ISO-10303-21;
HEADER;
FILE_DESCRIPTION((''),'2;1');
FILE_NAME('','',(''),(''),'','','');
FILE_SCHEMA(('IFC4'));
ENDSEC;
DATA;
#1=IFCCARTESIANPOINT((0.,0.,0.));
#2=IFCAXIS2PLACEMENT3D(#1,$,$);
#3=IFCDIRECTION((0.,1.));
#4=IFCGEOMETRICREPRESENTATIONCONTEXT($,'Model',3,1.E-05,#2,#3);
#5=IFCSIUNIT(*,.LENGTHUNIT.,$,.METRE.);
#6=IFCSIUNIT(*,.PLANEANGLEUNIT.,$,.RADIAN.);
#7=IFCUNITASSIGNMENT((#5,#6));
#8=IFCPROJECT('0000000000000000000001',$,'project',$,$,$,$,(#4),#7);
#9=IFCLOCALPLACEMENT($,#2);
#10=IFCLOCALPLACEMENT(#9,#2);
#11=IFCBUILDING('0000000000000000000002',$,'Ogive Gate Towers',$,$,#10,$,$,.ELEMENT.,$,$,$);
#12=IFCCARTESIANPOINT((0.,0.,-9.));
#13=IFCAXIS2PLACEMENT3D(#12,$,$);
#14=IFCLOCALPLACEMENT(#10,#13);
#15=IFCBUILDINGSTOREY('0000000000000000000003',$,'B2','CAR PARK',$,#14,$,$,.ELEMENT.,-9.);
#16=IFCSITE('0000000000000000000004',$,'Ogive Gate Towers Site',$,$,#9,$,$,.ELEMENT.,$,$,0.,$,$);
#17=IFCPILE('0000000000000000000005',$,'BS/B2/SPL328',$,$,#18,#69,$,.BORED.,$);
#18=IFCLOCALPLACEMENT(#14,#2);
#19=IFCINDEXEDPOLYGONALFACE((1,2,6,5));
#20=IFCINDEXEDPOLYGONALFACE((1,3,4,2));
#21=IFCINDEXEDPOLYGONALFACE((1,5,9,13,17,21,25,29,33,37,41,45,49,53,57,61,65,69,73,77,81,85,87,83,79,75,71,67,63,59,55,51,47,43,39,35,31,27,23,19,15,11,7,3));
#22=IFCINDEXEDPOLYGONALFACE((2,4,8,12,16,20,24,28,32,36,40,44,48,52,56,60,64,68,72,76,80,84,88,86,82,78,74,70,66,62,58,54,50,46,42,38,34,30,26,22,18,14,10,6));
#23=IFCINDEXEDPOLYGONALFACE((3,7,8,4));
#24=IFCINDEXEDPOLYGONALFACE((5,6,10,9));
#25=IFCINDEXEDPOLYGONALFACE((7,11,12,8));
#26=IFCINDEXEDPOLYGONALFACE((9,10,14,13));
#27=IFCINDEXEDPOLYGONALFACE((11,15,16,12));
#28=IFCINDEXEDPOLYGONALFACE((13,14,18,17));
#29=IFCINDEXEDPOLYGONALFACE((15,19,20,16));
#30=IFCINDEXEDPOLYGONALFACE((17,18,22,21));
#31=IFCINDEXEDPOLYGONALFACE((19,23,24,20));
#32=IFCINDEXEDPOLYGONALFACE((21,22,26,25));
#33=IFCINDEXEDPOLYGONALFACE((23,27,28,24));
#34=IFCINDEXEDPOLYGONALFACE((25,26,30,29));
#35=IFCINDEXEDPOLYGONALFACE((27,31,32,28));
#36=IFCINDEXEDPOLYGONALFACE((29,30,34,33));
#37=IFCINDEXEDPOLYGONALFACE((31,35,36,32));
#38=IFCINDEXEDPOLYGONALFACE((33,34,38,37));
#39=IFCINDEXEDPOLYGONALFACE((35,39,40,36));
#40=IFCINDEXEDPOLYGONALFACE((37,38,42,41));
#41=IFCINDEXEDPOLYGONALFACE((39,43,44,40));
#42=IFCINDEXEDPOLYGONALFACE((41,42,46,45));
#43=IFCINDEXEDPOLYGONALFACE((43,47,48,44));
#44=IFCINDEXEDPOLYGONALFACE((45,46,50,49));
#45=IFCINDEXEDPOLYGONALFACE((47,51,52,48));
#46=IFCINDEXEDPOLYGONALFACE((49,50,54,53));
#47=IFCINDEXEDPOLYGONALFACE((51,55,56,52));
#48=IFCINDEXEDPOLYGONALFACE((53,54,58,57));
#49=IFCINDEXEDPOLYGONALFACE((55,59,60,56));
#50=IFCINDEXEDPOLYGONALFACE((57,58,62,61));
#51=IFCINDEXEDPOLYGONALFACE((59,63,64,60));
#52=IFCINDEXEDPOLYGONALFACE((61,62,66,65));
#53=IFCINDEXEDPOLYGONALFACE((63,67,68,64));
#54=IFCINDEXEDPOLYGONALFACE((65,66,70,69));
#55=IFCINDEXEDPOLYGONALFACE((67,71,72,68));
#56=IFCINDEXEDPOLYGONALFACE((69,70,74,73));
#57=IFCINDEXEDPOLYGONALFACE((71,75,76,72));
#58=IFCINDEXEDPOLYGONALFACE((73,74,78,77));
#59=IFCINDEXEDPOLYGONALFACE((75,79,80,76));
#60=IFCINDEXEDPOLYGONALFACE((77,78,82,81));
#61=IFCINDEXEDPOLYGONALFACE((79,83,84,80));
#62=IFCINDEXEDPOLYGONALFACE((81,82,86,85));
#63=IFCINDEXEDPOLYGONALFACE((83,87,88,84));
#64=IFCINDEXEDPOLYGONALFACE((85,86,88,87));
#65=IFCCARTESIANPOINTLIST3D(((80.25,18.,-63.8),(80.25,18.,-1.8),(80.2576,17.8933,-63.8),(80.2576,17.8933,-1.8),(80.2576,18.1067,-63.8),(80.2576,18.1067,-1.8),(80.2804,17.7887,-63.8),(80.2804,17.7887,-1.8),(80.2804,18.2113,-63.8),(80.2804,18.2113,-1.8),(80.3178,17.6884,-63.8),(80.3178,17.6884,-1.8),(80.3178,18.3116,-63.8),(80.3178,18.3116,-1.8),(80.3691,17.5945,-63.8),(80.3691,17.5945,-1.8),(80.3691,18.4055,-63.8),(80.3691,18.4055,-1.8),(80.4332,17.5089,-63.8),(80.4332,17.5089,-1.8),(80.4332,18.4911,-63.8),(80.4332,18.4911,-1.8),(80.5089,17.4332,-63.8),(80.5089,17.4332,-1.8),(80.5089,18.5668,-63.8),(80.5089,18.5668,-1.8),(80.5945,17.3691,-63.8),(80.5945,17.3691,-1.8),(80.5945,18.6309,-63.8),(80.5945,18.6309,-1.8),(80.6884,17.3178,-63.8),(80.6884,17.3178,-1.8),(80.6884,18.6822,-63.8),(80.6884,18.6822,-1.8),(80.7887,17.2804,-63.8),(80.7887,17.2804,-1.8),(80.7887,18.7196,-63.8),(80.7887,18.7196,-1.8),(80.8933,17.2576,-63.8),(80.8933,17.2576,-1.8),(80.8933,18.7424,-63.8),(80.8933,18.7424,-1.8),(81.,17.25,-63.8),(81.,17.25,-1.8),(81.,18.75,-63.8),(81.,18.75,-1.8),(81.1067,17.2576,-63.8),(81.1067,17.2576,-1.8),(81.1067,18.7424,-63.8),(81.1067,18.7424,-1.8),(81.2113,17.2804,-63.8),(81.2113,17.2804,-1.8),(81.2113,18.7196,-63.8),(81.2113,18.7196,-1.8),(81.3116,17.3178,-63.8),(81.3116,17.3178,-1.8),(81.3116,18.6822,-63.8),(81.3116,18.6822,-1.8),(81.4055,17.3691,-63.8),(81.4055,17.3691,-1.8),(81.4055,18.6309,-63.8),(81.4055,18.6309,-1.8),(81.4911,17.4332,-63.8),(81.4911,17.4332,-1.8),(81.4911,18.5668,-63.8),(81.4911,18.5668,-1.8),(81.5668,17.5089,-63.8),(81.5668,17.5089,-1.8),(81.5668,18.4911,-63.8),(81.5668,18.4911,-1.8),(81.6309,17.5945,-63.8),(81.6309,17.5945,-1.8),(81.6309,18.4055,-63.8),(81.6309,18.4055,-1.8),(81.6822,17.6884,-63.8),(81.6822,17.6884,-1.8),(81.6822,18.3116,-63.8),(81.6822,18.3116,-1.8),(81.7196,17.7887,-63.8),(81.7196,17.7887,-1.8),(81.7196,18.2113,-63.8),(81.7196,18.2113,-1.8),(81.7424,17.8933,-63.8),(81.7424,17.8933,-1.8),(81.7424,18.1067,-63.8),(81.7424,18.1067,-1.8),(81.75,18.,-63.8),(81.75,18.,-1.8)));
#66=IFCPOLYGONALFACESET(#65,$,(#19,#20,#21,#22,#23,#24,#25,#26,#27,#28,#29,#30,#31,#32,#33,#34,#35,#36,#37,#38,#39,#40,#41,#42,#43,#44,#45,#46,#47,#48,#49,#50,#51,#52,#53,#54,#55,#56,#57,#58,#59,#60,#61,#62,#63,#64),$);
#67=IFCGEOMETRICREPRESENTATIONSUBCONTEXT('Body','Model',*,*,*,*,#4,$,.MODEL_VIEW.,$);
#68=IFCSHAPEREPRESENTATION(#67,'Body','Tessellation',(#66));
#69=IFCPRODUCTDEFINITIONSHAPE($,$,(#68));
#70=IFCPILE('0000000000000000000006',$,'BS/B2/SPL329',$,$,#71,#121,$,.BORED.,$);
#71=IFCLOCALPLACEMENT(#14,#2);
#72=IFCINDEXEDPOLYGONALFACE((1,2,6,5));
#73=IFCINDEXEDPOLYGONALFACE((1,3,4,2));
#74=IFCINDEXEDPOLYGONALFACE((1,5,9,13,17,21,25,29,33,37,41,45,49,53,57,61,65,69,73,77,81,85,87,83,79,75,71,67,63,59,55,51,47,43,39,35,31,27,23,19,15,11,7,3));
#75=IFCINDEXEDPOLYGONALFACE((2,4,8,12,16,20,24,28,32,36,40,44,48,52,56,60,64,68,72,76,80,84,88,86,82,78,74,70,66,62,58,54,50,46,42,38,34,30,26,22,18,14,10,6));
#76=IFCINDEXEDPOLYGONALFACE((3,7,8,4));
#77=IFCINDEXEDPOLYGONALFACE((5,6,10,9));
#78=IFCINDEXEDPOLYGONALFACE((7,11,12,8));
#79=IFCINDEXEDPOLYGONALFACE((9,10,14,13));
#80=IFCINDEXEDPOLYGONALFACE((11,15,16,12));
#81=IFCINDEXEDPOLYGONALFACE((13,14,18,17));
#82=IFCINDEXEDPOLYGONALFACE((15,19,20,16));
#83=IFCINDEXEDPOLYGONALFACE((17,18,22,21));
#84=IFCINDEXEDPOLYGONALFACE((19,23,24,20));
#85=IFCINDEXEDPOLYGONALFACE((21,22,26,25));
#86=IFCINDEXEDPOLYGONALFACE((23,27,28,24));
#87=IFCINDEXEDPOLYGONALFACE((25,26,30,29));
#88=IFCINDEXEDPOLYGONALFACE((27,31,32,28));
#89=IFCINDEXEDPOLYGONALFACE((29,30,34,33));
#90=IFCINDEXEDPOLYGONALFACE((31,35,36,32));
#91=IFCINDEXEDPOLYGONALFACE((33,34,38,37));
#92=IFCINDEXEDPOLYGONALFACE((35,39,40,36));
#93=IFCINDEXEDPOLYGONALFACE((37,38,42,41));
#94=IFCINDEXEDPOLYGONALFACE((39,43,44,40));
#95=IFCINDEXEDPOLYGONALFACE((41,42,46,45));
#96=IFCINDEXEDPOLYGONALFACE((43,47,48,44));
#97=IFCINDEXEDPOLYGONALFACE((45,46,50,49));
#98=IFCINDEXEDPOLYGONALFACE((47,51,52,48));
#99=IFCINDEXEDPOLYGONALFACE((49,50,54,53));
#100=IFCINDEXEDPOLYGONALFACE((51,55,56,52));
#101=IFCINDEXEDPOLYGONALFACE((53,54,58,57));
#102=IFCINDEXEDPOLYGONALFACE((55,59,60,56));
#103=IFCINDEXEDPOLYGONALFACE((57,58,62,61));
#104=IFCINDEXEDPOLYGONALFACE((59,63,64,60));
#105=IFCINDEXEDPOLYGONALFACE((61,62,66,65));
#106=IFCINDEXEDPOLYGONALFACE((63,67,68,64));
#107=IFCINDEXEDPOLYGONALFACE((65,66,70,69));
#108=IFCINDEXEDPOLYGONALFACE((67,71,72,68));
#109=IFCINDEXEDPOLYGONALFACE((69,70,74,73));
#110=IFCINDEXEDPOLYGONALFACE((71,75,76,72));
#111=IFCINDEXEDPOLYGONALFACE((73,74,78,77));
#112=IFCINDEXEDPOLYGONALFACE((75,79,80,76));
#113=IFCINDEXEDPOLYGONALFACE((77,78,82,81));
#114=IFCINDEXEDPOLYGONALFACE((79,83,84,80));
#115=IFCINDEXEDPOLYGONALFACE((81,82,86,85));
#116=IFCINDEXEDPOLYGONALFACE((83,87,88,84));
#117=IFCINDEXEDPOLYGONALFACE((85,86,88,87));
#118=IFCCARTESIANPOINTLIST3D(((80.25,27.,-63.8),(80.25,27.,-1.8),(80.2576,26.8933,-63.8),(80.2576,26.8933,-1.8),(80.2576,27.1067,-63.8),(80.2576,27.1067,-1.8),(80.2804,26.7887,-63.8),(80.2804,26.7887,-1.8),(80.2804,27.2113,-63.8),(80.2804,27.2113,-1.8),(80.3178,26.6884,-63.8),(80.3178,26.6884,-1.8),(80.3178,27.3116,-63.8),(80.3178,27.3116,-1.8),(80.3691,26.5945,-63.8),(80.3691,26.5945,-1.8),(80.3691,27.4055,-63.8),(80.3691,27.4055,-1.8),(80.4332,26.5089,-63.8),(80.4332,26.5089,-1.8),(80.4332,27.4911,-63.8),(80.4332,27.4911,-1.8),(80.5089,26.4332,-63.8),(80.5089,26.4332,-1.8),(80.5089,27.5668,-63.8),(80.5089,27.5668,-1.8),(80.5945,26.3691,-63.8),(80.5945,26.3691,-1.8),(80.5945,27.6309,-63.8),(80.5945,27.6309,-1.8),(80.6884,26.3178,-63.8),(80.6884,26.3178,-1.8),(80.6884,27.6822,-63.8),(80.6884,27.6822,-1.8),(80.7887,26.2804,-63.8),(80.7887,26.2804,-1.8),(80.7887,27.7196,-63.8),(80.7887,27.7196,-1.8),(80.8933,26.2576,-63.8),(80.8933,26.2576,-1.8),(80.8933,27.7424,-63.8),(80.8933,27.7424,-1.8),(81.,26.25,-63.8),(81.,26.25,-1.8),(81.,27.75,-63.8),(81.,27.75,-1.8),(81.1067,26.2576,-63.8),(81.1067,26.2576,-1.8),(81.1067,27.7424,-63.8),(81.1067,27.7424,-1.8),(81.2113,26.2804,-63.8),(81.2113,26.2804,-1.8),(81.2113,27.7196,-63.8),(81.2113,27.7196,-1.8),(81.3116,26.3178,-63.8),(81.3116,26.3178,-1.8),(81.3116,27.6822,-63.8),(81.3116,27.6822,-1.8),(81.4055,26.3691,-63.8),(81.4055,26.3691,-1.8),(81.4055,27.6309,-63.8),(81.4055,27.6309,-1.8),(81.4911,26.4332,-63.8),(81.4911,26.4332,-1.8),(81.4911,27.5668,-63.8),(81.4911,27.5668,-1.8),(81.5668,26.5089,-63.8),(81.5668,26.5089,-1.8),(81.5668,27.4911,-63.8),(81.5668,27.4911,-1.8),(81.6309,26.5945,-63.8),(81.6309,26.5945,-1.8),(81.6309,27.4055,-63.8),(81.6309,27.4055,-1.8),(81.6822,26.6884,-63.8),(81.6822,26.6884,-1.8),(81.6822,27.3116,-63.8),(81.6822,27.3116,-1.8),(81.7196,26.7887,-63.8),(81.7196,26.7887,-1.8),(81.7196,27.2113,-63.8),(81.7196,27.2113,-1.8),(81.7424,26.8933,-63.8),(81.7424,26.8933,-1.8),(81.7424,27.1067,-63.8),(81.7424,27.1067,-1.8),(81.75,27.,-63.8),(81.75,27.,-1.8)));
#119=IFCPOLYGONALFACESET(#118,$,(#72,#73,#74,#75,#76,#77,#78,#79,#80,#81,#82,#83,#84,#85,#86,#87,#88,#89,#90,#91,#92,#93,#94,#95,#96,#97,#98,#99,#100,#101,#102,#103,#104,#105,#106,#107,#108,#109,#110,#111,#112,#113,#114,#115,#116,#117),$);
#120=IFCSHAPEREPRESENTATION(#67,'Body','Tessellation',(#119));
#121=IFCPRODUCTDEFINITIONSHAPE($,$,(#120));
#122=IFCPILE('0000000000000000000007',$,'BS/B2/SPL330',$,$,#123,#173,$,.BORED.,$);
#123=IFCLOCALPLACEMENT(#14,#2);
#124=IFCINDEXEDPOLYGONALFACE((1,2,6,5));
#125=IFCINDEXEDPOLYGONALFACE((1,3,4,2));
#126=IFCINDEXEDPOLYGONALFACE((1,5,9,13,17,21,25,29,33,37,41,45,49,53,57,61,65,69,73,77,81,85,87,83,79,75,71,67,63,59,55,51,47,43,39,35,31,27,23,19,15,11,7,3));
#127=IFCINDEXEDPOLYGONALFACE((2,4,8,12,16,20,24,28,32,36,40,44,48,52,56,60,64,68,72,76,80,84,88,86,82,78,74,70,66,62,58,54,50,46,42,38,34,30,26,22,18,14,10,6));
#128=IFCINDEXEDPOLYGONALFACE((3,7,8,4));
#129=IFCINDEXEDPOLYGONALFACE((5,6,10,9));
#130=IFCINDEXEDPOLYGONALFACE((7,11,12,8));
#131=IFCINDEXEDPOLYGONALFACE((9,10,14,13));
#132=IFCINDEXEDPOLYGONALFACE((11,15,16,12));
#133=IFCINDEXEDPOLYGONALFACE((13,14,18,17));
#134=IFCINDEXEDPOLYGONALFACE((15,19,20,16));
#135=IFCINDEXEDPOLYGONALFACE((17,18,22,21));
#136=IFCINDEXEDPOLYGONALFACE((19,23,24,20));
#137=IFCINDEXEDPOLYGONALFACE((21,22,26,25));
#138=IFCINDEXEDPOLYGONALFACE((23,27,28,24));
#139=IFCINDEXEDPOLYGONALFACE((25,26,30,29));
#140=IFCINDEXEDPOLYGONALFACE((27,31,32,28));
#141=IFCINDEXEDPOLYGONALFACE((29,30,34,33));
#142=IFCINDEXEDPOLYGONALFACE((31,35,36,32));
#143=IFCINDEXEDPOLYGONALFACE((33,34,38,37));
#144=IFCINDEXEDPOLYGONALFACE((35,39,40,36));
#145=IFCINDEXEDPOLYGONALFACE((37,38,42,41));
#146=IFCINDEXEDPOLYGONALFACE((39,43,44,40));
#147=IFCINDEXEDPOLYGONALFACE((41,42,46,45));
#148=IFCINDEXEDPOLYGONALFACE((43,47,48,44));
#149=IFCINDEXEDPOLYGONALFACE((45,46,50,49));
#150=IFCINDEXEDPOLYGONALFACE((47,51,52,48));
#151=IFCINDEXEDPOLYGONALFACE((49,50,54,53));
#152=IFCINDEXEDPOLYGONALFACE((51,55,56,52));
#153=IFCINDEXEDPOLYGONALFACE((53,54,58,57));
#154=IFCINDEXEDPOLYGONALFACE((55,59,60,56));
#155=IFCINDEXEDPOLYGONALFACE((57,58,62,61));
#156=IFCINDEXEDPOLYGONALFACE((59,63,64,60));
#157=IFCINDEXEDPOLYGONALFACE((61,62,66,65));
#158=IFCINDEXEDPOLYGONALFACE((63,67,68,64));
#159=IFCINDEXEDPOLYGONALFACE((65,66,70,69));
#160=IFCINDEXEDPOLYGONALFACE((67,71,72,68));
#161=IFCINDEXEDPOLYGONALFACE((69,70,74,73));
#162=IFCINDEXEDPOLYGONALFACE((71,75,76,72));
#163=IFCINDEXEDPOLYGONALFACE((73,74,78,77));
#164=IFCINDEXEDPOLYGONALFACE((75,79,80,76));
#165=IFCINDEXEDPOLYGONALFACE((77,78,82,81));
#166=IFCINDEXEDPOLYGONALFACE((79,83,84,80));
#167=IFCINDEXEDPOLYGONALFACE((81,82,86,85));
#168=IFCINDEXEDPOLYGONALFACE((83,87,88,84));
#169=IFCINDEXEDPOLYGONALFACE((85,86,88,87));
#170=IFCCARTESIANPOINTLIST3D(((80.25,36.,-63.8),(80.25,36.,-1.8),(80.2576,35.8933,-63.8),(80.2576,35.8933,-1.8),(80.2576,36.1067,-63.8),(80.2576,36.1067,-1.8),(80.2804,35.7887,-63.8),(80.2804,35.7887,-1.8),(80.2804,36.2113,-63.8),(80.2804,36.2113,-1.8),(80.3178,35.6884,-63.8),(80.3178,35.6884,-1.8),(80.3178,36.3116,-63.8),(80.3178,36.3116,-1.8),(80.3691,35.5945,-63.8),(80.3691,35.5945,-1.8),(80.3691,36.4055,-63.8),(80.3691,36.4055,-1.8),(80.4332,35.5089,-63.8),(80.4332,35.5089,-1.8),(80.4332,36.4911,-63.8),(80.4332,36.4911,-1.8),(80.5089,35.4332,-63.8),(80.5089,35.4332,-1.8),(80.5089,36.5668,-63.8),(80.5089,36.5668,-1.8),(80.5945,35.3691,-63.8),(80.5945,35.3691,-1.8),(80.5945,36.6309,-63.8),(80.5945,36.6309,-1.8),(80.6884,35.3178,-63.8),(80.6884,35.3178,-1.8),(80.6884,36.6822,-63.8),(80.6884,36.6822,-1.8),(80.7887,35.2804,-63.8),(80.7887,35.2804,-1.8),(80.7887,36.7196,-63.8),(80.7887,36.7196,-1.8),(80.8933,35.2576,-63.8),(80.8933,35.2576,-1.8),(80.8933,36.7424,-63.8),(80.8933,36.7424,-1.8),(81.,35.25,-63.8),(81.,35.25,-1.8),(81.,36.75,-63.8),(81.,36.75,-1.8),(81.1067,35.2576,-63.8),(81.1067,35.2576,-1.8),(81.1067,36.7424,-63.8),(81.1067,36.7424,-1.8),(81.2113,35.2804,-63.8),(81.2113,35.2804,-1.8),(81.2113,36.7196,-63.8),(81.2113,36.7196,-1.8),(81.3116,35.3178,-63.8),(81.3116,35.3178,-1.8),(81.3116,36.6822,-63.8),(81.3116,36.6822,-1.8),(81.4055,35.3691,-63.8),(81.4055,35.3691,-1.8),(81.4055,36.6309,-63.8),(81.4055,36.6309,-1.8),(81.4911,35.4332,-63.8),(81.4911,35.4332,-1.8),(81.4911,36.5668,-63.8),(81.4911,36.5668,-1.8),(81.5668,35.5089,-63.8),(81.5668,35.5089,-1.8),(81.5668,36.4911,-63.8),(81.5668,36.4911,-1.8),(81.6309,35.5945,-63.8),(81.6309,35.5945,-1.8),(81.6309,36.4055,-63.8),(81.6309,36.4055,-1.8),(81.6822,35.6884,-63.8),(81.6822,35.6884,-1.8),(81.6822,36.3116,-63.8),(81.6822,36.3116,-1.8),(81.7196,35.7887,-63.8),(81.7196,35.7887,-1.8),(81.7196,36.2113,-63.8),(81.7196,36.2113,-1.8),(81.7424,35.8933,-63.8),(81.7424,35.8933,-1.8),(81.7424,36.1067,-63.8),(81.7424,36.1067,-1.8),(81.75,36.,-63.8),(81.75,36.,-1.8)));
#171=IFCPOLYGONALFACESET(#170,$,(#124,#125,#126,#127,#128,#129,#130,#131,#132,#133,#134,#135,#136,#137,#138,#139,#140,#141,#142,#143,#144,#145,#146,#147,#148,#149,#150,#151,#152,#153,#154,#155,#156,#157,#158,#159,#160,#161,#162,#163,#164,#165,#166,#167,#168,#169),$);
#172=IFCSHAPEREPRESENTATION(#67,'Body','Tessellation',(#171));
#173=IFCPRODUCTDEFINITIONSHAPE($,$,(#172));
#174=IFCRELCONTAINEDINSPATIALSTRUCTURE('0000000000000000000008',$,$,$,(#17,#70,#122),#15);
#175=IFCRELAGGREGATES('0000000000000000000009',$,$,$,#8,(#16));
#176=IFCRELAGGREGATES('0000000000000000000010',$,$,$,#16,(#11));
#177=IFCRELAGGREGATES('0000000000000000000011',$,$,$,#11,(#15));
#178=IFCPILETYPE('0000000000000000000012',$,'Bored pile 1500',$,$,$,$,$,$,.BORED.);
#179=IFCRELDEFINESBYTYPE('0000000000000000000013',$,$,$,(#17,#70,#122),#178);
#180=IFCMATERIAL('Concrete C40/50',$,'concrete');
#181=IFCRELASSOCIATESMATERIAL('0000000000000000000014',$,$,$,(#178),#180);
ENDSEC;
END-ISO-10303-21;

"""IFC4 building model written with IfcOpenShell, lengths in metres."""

from ifc_helpers import new_model, si_unit, direction, frame, origin, origin_2d, place, context, subcontext, project, spatial, circle, extrude, material, material_profile, profile_set, type_object, element, save


model = new_model("IFC4")

# Units and contexts
model_context = context("Model", 3, precision=1e-05, world=origin(), true_north=direction((0.0, 1.0)))
body_context = subcontext(model_context, "Body", "Model", "MODEL_VIEW")
ifc_project = project(units=[si_unit("LENGTHUNIT", "METRE"), si_unit("PLANEANGLEUNIT", "RADIAN")], contexts=[model_context])

# Site, building, storey
site_placement = place(None, origin())
site = spatial("IfcSite", under=ifc_project, at=site_placement, Name="Ogive Gate Towers Site", CompositionType="ELEMENT", RefElevation=0.0)
building_placement = place(site_placement, origin())
building = spatial("IfcBuilding", under=site, at=building_placement, Name="Ogive Gate Towers", CompositionType="ELEMENT")
storey_placement = place(building_placement, frame((0.0, 0.0, -9.0)))
storey = spatial("IfcBuildingStorey", under=building, at=storey_placement, Name="B2", Description="CAR PARK", CompositionType="ELEMENT", Elevation=-9.0)

# Piles
ifc_material_1 = material(Name="Concrete C40/50", Category="concrete")
ifc_material_profile_1 = material_profile(ifc_material_1, circle(Radius=0.75, at=origin_2d()), Name="BP 1500")
ifc_profile_set_1 = profile_set([ifc_material_profile_1], Name="Concrete C40/50")
pile_type = type_object("IfcPileType", Name="Bored pile 1500", PredefinedType="BORED", material=ifc_profile_set_1)
for number, where, z_axis, x_axis, name in (
    (1, (81.0, 18.0, -1.8), (0.0, 0.0, -1.0), (1.0, 0.0, 0.0), "BS/B2/SPL328"),
    (2, (81.0, 27.0, -1.8), (0.0, 0.0, -1.0), (1.0, 0.0, 0.0), "BS/B2/SPL329"),
    (3, (81.0, 36.0, -1.8), (0.0, 0.0, -1.0), (1.0, 0.0, 0.0), "BS/B2/SPL330"),
):
    element("IfcPile", number, at=place(storey_placement, frame(where, z_axis=z_axis, x_axis=x_axis)), inside=storey, type_object=pile_type, Name=name, PredefinedType="BORED", context=body_context, shape_type="SweptSolid", body=[
        extrude(circle(Radius=0.75, at=origin_2d()), origin(), (0.0, 0.0, 1.0), 62.0),
    ])

save(model, "model.ifc")
